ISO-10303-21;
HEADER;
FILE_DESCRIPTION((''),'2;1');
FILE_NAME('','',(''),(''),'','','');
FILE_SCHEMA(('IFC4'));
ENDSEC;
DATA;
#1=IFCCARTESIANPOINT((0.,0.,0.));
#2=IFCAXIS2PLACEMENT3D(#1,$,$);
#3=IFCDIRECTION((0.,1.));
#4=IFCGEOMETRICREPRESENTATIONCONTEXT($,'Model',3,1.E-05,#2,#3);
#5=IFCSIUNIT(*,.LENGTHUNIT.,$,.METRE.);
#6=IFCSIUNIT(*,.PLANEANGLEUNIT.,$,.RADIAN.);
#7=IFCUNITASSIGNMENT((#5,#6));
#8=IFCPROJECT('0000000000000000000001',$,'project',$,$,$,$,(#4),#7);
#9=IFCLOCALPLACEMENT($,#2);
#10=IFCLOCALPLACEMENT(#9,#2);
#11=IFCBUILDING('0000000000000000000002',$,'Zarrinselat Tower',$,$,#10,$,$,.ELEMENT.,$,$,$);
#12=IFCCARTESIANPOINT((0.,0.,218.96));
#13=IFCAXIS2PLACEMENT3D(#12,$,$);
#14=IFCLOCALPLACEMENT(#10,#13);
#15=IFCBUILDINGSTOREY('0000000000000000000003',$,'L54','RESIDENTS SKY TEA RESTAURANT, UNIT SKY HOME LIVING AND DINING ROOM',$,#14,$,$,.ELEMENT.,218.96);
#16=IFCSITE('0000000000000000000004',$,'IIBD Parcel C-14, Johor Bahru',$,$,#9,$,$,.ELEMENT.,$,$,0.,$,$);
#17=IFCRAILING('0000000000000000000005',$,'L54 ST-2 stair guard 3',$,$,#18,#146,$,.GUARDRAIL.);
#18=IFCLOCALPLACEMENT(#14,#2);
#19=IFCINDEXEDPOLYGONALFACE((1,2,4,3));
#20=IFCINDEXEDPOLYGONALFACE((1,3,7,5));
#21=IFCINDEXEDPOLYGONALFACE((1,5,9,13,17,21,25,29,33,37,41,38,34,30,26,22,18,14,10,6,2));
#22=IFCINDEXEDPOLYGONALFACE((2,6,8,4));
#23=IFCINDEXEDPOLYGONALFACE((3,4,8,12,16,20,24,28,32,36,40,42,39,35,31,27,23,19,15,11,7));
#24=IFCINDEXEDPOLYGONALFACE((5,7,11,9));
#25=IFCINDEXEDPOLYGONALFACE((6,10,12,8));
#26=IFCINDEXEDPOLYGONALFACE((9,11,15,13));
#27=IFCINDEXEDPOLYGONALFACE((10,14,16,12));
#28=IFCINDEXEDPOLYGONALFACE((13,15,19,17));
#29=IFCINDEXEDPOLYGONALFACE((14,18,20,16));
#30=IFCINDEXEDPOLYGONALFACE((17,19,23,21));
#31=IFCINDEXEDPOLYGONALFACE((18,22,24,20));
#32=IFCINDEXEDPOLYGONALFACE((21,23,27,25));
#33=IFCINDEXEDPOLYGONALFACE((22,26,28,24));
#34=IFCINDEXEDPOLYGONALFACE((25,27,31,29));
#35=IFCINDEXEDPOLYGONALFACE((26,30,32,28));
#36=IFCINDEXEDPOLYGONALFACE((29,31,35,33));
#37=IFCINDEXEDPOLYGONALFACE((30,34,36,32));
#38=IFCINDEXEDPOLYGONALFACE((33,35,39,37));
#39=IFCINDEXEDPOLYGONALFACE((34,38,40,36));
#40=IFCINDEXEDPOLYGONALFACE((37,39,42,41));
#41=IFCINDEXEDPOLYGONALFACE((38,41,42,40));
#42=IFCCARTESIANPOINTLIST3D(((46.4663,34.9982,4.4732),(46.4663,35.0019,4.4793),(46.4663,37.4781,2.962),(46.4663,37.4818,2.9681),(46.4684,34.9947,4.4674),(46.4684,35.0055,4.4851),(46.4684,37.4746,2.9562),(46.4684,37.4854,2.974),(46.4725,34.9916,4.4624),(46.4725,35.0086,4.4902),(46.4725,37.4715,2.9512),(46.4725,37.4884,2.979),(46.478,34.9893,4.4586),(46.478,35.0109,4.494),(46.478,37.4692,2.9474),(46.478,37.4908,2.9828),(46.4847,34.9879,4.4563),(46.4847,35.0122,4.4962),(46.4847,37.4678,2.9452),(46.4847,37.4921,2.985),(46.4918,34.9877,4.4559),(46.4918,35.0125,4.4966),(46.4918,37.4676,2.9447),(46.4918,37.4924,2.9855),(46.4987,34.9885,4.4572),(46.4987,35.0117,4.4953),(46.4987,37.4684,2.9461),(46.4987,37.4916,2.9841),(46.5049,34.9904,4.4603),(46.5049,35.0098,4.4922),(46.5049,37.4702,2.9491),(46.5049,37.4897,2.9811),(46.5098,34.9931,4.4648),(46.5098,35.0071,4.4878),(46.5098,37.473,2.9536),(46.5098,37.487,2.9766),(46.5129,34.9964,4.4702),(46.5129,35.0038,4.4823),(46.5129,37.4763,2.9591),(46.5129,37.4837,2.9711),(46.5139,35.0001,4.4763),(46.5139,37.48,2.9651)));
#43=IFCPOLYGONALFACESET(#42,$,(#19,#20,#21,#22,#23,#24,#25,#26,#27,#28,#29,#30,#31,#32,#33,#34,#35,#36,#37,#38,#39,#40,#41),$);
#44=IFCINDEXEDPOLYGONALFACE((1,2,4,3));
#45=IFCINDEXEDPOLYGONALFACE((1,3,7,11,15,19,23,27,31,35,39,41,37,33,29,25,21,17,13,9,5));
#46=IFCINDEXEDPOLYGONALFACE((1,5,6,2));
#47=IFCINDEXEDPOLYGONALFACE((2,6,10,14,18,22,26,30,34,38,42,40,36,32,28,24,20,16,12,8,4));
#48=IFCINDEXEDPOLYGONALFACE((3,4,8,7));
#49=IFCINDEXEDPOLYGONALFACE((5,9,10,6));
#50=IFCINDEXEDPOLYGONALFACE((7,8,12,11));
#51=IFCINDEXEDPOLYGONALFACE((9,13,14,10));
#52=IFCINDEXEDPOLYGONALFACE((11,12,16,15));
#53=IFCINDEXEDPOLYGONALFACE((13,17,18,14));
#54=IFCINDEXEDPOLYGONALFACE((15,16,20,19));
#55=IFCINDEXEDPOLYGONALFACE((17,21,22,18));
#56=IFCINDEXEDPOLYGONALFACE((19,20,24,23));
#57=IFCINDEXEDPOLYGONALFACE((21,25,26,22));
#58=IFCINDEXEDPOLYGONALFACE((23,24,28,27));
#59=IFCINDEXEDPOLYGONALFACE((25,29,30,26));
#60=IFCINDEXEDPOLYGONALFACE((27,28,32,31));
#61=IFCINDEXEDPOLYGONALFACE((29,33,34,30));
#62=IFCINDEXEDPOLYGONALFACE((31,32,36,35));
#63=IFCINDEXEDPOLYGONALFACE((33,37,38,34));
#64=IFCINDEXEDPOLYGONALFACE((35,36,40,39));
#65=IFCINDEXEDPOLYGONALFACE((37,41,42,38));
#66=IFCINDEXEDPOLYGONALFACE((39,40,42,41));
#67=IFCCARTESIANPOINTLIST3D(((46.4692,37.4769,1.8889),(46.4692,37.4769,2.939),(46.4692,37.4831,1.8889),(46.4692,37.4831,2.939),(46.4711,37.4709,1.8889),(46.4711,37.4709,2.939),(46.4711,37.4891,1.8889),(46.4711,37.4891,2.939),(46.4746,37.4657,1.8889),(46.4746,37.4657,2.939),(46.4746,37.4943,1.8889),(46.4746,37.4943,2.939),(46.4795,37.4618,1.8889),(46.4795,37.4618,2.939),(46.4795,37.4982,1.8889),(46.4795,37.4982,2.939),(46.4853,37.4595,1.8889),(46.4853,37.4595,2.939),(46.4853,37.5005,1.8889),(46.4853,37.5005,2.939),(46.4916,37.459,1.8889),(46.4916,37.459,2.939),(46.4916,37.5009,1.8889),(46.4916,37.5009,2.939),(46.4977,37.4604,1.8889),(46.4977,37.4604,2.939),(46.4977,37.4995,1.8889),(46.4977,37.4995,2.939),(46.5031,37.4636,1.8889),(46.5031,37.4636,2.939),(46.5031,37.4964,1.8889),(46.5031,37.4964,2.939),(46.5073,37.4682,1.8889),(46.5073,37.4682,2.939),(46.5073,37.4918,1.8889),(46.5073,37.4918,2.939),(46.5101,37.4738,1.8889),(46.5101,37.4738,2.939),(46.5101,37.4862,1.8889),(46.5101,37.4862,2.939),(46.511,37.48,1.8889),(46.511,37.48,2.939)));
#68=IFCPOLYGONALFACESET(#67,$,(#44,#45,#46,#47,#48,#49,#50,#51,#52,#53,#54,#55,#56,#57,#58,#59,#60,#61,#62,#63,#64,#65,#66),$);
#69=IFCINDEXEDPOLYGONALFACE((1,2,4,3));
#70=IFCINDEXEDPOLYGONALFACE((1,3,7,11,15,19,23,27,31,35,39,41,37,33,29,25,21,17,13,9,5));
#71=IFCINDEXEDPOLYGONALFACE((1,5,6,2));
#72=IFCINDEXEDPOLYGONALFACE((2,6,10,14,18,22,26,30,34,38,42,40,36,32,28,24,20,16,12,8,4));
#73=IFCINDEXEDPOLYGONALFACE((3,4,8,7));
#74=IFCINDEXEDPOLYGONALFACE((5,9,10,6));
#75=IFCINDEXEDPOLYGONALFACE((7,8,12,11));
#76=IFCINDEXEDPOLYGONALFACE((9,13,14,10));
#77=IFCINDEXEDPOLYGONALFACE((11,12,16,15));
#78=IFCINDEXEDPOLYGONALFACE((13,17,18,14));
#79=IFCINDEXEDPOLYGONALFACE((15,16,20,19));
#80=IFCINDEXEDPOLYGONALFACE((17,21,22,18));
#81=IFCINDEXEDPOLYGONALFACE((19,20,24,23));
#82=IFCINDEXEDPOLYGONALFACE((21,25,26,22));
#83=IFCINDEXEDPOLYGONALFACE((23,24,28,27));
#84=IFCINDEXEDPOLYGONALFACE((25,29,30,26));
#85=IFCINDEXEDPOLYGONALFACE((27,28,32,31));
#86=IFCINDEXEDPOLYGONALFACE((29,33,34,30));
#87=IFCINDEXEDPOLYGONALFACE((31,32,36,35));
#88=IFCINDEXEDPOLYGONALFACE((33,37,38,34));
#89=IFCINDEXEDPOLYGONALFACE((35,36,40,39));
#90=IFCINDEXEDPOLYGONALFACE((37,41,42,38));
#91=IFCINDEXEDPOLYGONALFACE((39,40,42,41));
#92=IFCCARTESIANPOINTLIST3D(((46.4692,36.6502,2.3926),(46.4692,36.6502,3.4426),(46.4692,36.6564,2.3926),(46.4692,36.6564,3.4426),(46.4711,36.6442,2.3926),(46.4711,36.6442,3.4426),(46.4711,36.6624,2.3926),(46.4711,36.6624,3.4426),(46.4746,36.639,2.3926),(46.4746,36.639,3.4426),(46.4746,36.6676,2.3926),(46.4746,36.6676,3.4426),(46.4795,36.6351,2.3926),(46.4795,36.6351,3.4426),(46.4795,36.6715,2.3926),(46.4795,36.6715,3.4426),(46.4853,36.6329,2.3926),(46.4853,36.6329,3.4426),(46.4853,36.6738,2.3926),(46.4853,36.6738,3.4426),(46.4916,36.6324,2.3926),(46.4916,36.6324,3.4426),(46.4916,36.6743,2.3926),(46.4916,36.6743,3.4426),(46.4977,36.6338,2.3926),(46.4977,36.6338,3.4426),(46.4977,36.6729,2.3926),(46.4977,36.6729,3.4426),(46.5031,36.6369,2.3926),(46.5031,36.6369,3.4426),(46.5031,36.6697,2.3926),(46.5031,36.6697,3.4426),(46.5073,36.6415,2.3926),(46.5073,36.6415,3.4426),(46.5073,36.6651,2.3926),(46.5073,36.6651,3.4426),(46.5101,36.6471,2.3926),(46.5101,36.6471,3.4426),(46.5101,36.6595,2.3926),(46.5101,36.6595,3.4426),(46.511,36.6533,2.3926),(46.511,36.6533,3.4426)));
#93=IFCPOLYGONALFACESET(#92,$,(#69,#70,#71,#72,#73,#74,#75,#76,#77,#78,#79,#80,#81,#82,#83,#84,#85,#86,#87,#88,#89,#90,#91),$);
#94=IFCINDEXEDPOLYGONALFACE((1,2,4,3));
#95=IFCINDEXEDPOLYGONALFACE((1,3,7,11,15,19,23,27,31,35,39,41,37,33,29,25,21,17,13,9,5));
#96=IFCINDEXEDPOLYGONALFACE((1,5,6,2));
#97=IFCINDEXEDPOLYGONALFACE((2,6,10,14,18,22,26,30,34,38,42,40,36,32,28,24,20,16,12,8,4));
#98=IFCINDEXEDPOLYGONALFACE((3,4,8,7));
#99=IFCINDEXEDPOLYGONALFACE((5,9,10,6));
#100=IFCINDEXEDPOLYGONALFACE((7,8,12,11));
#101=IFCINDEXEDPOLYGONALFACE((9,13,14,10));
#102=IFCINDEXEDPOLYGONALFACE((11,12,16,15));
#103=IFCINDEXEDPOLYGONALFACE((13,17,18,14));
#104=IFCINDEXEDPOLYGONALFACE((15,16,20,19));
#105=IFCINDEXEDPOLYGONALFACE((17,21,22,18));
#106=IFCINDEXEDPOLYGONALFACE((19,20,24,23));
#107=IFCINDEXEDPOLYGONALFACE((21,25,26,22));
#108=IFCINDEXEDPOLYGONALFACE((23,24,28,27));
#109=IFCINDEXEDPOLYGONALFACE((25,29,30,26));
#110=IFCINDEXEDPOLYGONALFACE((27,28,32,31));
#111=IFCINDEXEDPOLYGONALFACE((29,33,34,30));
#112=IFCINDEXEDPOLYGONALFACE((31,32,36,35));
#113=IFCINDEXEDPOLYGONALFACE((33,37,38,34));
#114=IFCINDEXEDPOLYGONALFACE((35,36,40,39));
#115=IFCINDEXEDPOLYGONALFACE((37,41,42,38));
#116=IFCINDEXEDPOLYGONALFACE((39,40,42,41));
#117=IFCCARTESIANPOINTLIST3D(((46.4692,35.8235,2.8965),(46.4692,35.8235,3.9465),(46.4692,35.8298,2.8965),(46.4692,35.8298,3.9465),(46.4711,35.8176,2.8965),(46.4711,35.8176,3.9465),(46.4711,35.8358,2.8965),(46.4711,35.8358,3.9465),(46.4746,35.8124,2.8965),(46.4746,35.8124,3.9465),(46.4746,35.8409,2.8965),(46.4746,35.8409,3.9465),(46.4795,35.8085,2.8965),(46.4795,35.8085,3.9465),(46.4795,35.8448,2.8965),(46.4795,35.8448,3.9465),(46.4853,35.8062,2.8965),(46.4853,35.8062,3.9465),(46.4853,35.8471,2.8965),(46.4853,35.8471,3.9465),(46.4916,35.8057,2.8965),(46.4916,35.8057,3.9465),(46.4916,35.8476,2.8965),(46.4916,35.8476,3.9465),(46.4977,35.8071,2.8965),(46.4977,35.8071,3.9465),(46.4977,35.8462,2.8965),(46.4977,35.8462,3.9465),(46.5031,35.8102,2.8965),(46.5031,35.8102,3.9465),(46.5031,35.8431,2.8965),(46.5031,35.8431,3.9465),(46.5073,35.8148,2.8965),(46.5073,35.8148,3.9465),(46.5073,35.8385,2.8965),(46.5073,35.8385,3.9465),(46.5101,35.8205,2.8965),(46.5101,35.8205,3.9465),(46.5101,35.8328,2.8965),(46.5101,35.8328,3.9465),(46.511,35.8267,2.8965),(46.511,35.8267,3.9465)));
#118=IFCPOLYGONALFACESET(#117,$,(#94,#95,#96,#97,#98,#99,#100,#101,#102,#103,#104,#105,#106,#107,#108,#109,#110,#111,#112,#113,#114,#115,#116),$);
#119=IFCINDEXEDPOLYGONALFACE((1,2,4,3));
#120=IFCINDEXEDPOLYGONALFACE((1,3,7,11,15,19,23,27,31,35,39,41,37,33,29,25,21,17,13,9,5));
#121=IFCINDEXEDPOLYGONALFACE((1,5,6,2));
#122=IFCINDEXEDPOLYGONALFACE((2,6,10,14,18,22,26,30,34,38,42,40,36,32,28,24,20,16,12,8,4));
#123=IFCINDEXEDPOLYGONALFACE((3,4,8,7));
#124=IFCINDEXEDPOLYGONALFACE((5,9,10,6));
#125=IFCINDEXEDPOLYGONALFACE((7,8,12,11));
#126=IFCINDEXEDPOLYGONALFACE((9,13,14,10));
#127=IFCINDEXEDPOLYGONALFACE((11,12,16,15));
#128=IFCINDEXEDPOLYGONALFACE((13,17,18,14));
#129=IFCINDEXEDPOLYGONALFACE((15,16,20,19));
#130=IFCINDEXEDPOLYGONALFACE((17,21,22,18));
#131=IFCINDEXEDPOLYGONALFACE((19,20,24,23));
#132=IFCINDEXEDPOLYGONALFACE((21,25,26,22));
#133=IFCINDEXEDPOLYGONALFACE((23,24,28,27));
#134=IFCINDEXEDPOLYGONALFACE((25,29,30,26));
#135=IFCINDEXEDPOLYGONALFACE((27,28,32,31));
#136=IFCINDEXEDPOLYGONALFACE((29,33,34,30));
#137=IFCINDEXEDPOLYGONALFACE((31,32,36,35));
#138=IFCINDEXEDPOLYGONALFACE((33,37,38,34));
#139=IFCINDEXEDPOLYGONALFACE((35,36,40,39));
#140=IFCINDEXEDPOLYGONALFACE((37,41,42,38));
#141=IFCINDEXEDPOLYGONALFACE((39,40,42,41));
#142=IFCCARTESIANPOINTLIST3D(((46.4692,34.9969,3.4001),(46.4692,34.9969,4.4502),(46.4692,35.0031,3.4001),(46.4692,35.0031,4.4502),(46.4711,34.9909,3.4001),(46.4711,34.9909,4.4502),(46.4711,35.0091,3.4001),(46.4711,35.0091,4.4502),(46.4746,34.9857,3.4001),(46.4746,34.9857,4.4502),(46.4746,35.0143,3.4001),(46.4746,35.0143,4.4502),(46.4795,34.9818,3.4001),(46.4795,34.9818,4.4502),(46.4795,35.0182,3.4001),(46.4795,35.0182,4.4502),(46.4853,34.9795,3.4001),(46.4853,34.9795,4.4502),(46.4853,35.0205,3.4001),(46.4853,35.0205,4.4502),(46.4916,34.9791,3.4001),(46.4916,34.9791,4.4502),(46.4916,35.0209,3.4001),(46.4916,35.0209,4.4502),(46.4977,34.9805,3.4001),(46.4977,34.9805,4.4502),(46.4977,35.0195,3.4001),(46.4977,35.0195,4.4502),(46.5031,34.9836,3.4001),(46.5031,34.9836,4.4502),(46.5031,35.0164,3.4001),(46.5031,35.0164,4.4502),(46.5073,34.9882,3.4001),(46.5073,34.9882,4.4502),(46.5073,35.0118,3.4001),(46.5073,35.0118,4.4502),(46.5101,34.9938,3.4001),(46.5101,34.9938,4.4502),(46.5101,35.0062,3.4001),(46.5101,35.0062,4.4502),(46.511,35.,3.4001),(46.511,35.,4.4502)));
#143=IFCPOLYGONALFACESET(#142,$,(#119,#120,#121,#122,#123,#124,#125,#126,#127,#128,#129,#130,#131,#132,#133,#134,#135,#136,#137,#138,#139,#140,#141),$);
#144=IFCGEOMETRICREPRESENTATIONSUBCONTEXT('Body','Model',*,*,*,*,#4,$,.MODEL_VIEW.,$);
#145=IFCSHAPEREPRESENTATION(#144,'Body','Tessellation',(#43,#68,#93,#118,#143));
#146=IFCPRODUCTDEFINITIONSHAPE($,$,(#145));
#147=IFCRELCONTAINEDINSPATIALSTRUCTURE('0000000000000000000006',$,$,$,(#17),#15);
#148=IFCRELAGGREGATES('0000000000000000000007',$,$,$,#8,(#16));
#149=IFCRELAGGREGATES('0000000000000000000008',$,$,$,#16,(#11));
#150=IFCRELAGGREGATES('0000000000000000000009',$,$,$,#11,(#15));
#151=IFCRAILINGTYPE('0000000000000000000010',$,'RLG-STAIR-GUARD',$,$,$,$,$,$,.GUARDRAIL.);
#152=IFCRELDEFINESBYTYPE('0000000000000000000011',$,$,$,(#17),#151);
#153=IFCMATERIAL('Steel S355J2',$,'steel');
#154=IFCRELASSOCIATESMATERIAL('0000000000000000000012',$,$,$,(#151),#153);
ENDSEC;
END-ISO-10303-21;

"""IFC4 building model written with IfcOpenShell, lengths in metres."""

from ifc_helpers import new_model, si_unit, direction, frame, origin, origin_2d, place, context, subcontext, project, spatial, circle, extrude, material, type_object, element, save


model = new_model("IFC4")

# Units and contexts
model_context = context("Model", 3, precision=1e-05, world=origin(), true_north=direction((0.0, 1.0)))
body_context = subcontext(model_context, "Body", "Model", "MODEL_VIEW")
ifc_project = project(units=[si_unit("LENGTHUNIT", "METRE"), si_unit("PLANEANGLEUNIT", "RADIAN")], contexts=[model_context])

# Site, building, storey
site_placement = place(None, origin())
site = spatial("IfcSite", under=ifc_project, at=site_placement, Name="IIBD Parcel C-14, Johor Bahru", CompositionType="ELEMENT", RefElevation=0.0)
building_placement = place(site_placement, origin())
building = spatial("IfcBuilding", under=site, at=building_placement, Name="Zarrinselat Tower", CompositionType="ELEMENT")
storey_placement = place(building_placement, frame((0.0, 0.0, 218.96)))
storey = spatial("IfcBuildingStorey", under=building, at=storey_placement, Name="L54", Description="RESIDENTS SKY TEA RESTAURANT, UNIT SKY HOME LIVING AND DINING ROOM", CompositionType="ELEMENT", Elevation=218.96)

# Railing
ifc_material_1 = material(Name="Steel S355J2", Category="steel")
railing_type_1 = type_object("IfcRailingType", Name="RLG-STAIR-GUARD", PredefinedType="GUARDRAIL", material=ifc_material_1)
railing_1_placement = place(storey_placement, frame((46.49, 37.48, 1.8889)))
element("IfcRailing", 1, at=railing_1_placement, inside=storey, type_object=railing_type_1, Name="L54 ST-2 stair guard 3", PredefinedType="GUARDRAIL", context=body_context, shape_type="SweptSolid", body=[
    extrude(circle(Radius=0.0239, at=origin_2d()), frame((0.0, 0.0, 1.0762), z_axis=(0.0, -0.853942, 0.520368), x_axis=(1.0, 0.0, 0.0)), (0.0, 0.0, 1.0), 2.9041),
    extrude(circle(Radius=0.021, at=origin_2d()), origin(), (0.0, 0.0, 1.0), 1.05),
    extrude(circle(Radius=0.021, at=origin_2d()), frame((0.0, -0.8267, 0.5037)), (0.0, 0.0, 1.0), 1.05),
    extrude(circle(Radius=0.021, at=origin_2d()), frame((0.0, -1.6533, 1.0076)), (0.0, 0.0, 1.0), 1.05),
    extrude(circle(Radius=0.021, at=origin_2d()), frame((0.0, -2.48, 1.5112)), (0.0, 0.0, 1.0), 1.05),
])

save(model, "model.ifc")
